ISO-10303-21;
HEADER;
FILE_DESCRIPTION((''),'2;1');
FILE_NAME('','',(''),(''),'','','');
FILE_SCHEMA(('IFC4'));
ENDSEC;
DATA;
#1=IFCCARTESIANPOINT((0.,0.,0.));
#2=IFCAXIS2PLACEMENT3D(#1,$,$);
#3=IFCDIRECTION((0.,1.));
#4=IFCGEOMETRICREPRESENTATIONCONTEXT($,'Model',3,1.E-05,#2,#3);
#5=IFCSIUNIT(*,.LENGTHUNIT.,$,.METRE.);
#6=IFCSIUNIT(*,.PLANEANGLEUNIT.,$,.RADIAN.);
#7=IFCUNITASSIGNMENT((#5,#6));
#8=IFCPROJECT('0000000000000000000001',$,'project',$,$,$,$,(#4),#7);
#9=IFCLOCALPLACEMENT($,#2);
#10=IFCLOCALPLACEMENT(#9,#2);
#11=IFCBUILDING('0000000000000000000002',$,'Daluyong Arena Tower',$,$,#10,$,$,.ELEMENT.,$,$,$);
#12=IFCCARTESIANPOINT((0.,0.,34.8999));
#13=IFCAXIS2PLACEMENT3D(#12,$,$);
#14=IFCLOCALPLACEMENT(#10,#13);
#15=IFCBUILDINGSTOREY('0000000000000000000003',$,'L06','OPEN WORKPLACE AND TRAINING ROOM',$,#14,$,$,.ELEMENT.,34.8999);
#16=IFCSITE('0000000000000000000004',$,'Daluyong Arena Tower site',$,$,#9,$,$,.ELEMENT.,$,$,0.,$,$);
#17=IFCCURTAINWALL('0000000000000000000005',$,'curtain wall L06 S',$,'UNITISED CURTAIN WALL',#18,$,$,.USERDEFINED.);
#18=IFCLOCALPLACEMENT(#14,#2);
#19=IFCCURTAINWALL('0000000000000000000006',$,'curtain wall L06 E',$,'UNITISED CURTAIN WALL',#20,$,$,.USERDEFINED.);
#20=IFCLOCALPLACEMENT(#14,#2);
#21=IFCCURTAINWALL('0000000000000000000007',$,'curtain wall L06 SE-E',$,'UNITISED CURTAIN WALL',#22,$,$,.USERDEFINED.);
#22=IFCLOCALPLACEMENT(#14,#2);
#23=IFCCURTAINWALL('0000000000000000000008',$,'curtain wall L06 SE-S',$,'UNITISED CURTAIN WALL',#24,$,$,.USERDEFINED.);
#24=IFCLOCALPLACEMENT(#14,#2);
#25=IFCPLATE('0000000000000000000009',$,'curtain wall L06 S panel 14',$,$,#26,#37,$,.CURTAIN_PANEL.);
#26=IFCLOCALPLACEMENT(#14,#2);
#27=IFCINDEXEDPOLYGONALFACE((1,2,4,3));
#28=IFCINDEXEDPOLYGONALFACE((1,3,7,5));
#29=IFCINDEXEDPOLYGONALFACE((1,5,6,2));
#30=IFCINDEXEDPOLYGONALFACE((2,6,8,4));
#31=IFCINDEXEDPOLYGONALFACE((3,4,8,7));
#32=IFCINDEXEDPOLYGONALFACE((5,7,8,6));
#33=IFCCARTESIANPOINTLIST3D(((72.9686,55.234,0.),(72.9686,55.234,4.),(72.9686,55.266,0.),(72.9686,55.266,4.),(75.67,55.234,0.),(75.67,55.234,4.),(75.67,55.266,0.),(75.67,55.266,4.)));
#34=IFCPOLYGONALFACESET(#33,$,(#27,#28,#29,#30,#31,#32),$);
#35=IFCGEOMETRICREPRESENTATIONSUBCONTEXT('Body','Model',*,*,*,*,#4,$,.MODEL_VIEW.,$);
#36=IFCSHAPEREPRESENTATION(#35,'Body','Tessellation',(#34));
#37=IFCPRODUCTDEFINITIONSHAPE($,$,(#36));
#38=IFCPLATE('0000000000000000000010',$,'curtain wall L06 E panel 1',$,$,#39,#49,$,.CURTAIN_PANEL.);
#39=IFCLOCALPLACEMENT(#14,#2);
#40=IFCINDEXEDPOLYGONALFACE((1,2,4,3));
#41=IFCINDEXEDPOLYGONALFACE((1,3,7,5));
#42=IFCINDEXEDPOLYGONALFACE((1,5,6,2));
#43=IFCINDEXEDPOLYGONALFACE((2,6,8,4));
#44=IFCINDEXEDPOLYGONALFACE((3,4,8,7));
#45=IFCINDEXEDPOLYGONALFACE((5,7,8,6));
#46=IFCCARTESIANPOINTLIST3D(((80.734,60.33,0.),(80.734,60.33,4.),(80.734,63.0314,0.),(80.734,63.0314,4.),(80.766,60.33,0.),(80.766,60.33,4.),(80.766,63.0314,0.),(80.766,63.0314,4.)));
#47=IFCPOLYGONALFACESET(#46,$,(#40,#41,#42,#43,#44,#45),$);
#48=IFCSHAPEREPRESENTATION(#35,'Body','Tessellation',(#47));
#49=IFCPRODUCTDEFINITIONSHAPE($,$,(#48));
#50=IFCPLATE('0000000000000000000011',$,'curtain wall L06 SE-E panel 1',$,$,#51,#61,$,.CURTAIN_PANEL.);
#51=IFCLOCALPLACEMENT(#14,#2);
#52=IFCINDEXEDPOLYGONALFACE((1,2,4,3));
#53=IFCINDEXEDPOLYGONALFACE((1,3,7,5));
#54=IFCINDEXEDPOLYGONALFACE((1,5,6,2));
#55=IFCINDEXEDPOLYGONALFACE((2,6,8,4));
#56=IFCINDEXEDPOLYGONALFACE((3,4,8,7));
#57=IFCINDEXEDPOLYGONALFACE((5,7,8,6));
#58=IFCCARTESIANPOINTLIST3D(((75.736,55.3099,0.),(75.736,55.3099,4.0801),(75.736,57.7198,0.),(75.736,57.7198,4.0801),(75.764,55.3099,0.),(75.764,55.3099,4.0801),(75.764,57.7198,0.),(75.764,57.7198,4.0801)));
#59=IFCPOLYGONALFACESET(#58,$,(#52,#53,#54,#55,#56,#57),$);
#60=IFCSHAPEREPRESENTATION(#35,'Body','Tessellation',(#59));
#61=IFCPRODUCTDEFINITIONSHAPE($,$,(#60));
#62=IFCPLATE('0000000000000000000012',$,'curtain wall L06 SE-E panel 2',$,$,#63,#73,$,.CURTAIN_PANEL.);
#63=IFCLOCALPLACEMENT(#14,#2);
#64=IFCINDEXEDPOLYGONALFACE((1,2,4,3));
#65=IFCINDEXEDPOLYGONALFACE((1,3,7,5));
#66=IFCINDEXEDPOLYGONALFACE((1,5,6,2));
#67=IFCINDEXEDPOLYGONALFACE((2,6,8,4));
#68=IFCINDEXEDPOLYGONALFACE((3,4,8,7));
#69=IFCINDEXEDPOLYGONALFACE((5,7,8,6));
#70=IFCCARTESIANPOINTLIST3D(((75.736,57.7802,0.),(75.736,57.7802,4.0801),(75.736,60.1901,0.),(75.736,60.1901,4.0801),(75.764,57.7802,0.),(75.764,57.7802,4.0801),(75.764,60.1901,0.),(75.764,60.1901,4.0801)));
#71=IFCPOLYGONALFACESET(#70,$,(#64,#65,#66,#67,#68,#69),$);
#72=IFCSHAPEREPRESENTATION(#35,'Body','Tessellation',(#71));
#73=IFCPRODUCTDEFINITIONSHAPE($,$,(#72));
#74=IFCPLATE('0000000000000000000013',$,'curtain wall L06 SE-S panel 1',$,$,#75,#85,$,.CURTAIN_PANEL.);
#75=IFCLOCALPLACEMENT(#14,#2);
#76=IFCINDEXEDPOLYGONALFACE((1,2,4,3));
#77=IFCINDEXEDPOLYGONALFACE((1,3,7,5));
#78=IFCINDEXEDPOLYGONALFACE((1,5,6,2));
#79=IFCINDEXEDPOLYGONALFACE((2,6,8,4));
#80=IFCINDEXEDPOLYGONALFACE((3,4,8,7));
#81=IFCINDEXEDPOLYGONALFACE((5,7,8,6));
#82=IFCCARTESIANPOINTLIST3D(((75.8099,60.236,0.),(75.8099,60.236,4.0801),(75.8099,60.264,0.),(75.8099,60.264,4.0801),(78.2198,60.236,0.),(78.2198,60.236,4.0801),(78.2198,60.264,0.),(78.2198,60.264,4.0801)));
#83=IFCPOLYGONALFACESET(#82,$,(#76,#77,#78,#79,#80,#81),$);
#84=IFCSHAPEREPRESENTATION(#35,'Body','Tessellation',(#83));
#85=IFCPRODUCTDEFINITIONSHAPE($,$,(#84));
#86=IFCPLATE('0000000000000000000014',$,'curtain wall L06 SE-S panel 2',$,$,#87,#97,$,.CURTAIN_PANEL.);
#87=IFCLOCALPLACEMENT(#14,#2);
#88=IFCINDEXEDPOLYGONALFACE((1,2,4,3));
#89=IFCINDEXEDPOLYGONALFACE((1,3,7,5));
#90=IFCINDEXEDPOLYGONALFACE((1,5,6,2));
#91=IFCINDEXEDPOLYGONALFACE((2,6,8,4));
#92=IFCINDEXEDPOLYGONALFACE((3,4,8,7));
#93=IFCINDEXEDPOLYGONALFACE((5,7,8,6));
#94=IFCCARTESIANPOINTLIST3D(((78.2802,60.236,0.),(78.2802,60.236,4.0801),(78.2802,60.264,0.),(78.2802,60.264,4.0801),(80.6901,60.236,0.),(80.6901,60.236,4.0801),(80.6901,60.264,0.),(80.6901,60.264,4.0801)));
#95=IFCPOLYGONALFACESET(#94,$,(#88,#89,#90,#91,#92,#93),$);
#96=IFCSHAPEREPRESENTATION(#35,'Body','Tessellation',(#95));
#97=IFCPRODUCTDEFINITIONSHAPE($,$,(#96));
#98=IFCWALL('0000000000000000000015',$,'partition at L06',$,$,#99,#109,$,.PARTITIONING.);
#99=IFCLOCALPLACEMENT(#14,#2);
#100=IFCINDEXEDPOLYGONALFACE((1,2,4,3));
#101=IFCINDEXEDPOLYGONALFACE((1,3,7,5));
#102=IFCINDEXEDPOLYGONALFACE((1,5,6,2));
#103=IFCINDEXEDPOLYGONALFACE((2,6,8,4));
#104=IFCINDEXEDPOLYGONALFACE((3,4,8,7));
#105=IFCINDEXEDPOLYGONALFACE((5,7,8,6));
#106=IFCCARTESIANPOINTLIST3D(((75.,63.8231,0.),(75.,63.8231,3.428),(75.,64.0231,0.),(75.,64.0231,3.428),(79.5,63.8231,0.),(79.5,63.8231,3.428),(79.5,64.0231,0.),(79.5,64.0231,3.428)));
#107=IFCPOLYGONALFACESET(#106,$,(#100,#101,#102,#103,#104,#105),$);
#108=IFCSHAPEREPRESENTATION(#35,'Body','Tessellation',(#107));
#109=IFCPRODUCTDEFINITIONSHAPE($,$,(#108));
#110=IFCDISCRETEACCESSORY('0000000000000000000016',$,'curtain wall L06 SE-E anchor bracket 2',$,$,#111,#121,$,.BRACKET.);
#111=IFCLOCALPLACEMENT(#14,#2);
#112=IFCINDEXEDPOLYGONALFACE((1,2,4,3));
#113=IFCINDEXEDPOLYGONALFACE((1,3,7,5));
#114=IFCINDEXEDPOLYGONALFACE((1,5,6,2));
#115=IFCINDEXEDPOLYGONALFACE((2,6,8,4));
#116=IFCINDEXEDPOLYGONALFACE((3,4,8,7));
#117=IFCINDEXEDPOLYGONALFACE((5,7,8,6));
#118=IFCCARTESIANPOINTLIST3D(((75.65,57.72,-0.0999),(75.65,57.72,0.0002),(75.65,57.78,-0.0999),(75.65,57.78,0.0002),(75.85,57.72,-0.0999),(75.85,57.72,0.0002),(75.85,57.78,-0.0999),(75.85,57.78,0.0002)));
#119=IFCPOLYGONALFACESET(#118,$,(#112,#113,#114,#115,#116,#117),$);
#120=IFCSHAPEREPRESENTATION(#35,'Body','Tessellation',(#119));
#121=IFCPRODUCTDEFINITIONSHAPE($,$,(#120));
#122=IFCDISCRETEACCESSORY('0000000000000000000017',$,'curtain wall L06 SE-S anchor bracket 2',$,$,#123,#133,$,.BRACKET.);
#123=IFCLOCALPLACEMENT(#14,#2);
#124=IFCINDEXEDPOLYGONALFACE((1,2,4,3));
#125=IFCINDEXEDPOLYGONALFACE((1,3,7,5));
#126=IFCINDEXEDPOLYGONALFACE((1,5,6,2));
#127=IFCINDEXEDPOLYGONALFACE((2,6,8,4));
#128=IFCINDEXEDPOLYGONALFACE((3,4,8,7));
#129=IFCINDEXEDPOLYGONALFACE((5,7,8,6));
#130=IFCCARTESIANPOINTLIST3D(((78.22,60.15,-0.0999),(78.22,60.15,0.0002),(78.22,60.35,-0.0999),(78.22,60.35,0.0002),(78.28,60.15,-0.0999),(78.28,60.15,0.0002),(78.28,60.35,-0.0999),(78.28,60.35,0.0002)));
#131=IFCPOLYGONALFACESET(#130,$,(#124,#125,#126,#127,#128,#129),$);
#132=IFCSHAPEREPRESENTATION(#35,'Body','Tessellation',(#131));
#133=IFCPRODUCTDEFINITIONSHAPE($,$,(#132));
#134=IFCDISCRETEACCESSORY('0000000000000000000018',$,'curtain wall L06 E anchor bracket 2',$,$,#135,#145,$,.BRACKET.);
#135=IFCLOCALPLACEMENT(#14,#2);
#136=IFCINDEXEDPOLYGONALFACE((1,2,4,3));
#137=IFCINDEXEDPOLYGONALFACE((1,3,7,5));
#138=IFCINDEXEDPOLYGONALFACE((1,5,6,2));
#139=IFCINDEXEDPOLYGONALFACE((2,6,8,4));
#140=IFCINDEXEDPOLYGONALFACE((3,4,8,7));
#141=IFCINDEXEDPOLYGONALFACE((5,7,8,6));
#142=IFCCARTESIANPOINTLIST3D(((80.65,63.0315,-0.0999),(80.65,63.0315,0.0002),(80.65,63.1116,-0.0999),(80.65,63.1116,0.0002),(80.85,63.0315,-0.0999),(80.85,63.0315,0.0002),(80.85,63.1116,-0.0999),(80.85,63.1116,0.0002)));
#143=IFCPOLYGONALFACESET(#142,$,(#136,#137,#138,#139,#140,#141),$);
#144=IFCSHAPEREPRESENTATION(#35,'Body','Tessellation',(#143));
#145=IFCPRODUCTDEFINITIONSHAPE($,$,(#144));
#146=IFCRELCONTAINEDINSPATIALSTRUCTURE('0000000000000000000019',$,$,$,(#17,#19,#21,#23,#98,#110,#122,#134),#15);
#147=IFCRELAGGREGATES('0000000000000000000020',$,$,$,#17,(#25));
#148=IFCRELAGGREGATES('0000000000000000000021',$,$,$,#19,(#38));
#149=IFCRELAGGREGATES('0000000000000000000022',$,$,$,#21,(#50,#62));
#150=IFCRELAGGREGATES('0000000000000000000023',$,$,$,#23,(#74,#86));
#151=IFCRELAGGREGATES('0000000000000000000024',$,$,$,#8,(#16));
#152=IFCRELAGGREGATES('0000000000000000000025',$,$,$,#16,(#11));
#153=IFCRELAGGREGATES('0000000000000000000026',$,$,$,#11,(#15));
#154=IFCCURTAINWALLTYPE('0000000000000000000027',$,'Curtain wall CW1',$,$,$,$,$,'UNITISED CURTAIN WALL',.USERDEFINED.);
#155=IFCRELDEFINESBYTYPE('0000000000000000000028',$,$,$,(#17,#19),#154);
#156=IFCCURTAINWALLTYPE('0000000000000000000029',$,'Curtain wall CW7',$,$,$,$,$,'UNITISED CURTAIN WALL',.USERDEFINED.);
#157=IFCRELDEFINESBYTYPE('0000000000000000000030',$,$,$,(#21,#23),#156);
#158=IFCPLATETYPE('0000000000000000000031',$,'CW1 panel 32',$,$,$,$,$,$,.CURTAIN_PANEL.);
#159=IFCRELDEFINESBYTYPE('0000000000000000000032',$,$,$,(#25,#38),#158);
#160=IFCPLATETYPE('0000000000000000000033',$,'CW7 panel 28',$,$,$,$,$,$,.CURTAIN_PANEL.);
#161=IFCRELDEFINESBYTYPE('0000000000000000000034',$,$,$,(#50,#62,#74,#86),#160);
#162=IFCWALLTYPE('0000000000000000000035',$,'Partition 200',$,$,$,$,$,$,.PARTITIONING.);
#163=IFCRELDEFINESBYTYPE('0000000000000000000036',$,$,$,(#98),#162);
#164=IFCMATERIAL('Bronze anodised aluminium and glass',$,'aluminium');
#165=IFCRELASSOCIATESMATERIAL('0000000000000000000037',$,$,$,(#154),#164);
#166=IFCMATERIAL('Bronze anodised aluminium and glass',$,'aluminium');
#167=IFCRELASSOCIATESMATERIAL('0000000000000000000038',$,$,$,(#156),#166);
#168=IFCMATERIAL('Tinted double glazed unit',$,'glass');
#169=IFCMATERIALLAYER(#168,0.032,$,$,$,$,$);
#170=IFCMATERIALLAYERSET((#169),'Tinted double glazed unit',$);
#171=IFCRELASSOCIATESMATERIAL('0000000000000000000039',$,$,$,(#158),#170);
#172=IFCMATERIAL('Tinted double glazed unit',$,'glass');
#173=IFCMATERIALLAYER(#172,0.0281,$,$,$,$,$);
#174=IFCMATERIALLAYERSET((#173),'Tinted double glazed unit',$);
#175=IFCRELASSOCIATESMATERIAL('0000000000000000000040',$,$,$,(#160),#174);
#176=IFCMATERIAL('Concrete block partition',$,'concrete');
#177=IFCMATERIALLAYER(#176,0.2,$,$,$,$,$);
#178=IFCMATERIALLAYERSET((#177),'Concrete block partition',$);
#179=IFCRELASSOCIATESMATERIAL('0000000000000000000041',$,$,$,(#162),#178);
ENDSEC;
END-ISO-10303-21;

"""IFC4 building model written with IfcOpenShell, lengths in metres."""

from ifc_helpers import new_model, si_unit, direction, frame, frame_2d, origin, origin_2d, place, context, subcontext, project, spatial, rectangle, extrude, material, layer, layer_set, type_object, element, aggregate, save


model = new_model("IFC4")

# Units and contexts
model_context = context("Model", 3, precision=1e-05, world=origin(), true_north=direction((0.0, 1.0)))
body_context = subcontext(model_context, "Body", "Model", "MODEL_VIEW")
ifc_project = project(units=[si_unit("LENGTHUNIT", "METRE"), si_unit("PLANEANGLEUNIT", "RADIAN")], contexts=[model_context])

# Site, building, storey
site_placement = place(None, origin())
site = spatial("IfcSite", under=ifc_project, at=site_placement, Name="Daluyong Arena Tower site", CompositionType="ELEMENT", RefElevation=0.0)
building_placement = place(site_placement, origin())
building = spatial("IfcBuilding", under=site, at=building_placement, Name="Daluyong Arena Tower", CompositionType="ELEMENT")
storey_placement = place(building_placement, frame((0.0, 0.0, 34.8999)))
storey = spatial("IfcBuildingStorey", under=building, at=storey_placement, Name="L06", Description="OPEN WORKPLACE AND TRAINING ROOM", CompositionType="ELEMENT", Elevation=34.8999)

# Curtain wall
ifc_material_1 = material(Name="Bronze anodised aluminium and glass", Category="aluminium")
curtain_wall_type_1 = type_object("IfcCurtainWallType", Name="Curtain wall CW1", ElementType="UNITISED CURTAIN WALL", PredefinedType="USERDEFINED", material=ifc_material_1)
curtain_wall_1_placement = place(storey_placement, origin())
curtain_wall_1 = element("IfcCurtainWall", 1, at=curtain_wall_1_placement, inside=storey, type_object=curtain_wall_type_1, Name="curtain wall L06 S", ObjectType="UNITISED CURTAIN WALL", PredefinedType="USERDEFINED")

# Curtain walls
curtain_wall_2_placement = place(storey_placement, origin())
curtain_wall_2 = element("IfcCurtainWall", 2, at=curtain_wall_2_placement, inside=storey, type_object=curtain_wall_type_1, Name="curtain wall L06 E", ObjectType="UNITISED CURTAIN WALL", PredefinedType="USERDEFINED")
ifc_material_2 = material(Name="Bronze anodised aluminium and glass", Category="aluminium")
curtain_wall_type_2 = type_object("IfcCurtainWallType", Name="Curtain wall CW7", ElementType="UNITISED CURTAIN WALL", PredefinedType="USERDEFINED", material=ifc_material_2)
curtain_wall_3_placement = place(storey_placement, origin())
curtain_wall_3 = element("IfcCurtainWall", 3, at=curtain_wall_3_placement, inside=storey, type_object=curtain_wall_type_2, Name="curtain wall L06 SE-E", ObjectType="UNITISED CURTAIN WALL", PredefinedType="USERDEFINED")
curtain_wall_4_placement = place(storey_placement, origin())
curtain_wall_4 = element("IfcCurtainWall", 4, at=curtain_wall_4_placement, inside=storey, type_object=curtain_wall_type_2, Name="curtain wall L06 SE-S", ObjectType="UNITISED CURTAIN WALL", PredefinedType="USERDEFINED")

# Plates
ifc_material_3 = material(Name="Tinted double glazed unit", Category="glass")
ifc_layer_1 = layer(ifc_material_3, 0.032)
ifc_layer_set_1 = layer_set([ifc_layer_1], Name="Tinted double glazed unit")
plate_type_1 = type_object("IfcPlateType", Name="CW1 panel 32", PredefinedType="CURTAIN_PANEL", material=ifc_layer_set_1)
plate_1_placement = place(storey_placement, frame((74.3193, 55.25, 0.0), z_axis=(0.0, 0.0, 1.0), x_axis=(1.0, 0.0, 0.0)))
plate_1 = element("IfcPlate", 5, at=plate_1_placement, type_object=plate_type_1, Name="curtain wall L06 S panel 14", PredefinedType="CURTAIN_PANEL", context=body_context, shape_type="SweptSolid", body=[
    extrude(rectangle(XDim=2.7014, YDim=0.032, at=origin_2d()), origin(), (0.0, 0.0, 1.0), 4.0),
])
aggregate(curtain_wall_1, [plate_1])
plate_2_placement = place(storey_placement, frame((80.75, 61.6807, 0.0), z_axis=(0.0, 0.0, 1.0), x_axis=(0.0, 1.0, 0.0)))
plate_2 = element("IfcPlate", 6, at=plate_2_placement, type_object=plate_type_1, Name="curtain wall L06 E panel 1", PredefinedType="CURTAIN_PANEL", context=body_context, shape_type="SweptSolid", body=[
    extrude(rectangle(XDim=2.7014, YDim=0.032, at=origin_2d()), origin(), (0.0, 0.0, 1.0), 4.0),
])
aggregate(curtain_wall_2, [plate_2])
ifc_material_4 = material(Name="Tinted double glazed unit", Category="glass")
ifc_layer_2 = layer(ifc_material_4, 0.0281)
ifc_layer_set_2 = layer_set([ifc_layer_2], Name="Tinted double glazed unit")
plate_type_2 = type_object("IfcPlateType", Name="CW7 panel 28", PredefinedType="CURTAIN_PANEL", material=ifc_layer_set_2)
plate_3_placement = place(storey_placement, frame((75.75, 56.5149, 0.0), z_axis=(0.0, 0.0, 1.0), x_axis=(0.0, 1.0, 0.0)))
plate_3 = element("IfcPlate", 7, at=plate_3_placement, type_object=plate_type_2, Name="curtain wall L06 SE-E panel 1", PredefinedType="CURTAIN_PANEL", context=body_context, shape_type="SweptSolid", body=[
    extrude(rectangle(XDim=2.4099, YDim=0.0281, at=origin_2d()), origin(), (0.0, 0.0, 1.0), 4.0801),
])
plate_4_placement = place(storey_placement, frame((75.75, 58.9851, 0.0), z_axis=(0.0, 0.0, 1.0), x_axis=(0.0, 1.0, 0.0)))
plate_4 = element("IfcPlate", 8, at=plate_4_placement, type_object=plate_type_2, Name="curtain wall L06 SE-E panel 2", PredefinedType="CURTAIN_PANEL", context=body_context, shape_type="SweptSolid", body=[
    extrude(rectangle(XDim=2.4099, YDim=0.0281, at=origin_2d()), origin(), (0.0, 0.0, 1.0), 4.0801),
])
aggregate(curtain_wall_3, [plate_3, plate_4])
plate_5_placement = place(storey_placement, frame((77.0149, 60.25, 0.0), z_axis=(0.0, 0.0, 1.0), x_axis=(1.0, 0.0, 0.0)))
plate_5 = element("IfcPlate", 9, at=plate_5_placement, type_object=plate_type_2, Name="curtain wall L06 SE-S panel 1", PredefinedType="CURTAIN_PANEL", context=body_context, shape_type="SweptSolid", body=[
    extrude(rectangle(XDim=2.4099, YDim=0.0281, at=origin_2d()), origin(), (0.0, 0.0, 1.0), 4.0801),
])
plate_6_placement = place(storey_placement, frame((79.4851, 60.25, 0.0), z_axis=(0.0, 0.0, 1.0), x_axis=(1.0, 0.0, 0.0)))
plate_6 = element("IfcPlate", 10, at=plate_6_placement, type_object=plate_type_2, Name="curtain wall L06 SE-S panel 2", PredefinedType="CURTAIN_PANEL", context=body_context, shape_type="SweptSolid", body=[
    extrude(rectangle(XDim=2.4099, YDim=0.0281, at=origin_2d()), origin(), (0.0, 0.0, 1.0), 4.0801),
])
aggregate(curtain_wall_4, [plate_5, plate_6])

# Wall
ifc_material_5 = material(Name="Concrete block partition", Category="concrete")
ifc_layer_3 = layer(ifc_material_5, 0.2)
ifc_layer_set_3 = layer_set([ifc_layer_3], Name="Concrete block partition")
wall_type_1 = type_object("IfcWallType", Name="Partition 200", PredefinedType="PARTITIONING", material=ifc_layer_set_3)
wall_1_placement = place(storey_placement, frame((75.0, 63.9231, 0.0), z_axis=(0.0, 0.0, 1.0), x_axis=(1.0, 0.0, 0.0)))
element("IfcWall", 11, at=wall_1_placement, inside=storey, type_object=wall_type_1, Name="partition at L06", PredefinedType="PARTITIONING", context=body_context, shape_type="SweptSolid", body=[
    extrude(rectangle(XDim=4.5, YDim=0.2, at=frame_2d((2.25, 0.0))), origin(), (0.0, 0.0, 1.0), 3.428),
])

# Discrete accessories
for number, where, z_axis, x_axis, name in (
    (12, (75.75, 57.75, -0.0999), (0.0, 0.0, 1.0), (0.0, 1.0, 0.0), "curtain wall L06 SE-E anchor bracket 2"),
    (13, (78.25, 60.25, -0.0999), (0.0, 0.0, 1.0), (1.0, 0.0, 0.0), "curtain wall L06 SE-S anchor bracket 2"),
):
    element("IfcDiscreteAccessory", number, at=place(storey_placement, frame(where, z_axis=z_axis, x_axis=x_axis)), inside=storey, Name=name, PredefinedType="BRACKET", context=body_context, shape_type="SweptSolid", body=[
        extrude(rectangle(XDim=0.0601, YDim=0.2, at=origin_2d()), origin(), (0.0, 0.0, 1.0), 0.1001),
    ])
discrete_accessory_placement = place(storey_placement, frame((80.75, 63.0715, -0.0999), z_axis=(0.0, 0.0, 1.0), x_axis=(0.0, 1.0, 0.0)))
element("IfcDiscreteAccessory", 14, at=discrete_accessory_placement, inside=storey, Name="curtain wall L06 E anchor bracket 2", PredefinedType="BRACKET", context=body_context, shape_type="SweptSolid", body=[
    extrude(rectangle(XDim=0.0801, YDim=0.2, at=origin_2d()), origin(), (0.0, 0.0, 1.0), 0.1001),
])

save(model, "model.ifc")
